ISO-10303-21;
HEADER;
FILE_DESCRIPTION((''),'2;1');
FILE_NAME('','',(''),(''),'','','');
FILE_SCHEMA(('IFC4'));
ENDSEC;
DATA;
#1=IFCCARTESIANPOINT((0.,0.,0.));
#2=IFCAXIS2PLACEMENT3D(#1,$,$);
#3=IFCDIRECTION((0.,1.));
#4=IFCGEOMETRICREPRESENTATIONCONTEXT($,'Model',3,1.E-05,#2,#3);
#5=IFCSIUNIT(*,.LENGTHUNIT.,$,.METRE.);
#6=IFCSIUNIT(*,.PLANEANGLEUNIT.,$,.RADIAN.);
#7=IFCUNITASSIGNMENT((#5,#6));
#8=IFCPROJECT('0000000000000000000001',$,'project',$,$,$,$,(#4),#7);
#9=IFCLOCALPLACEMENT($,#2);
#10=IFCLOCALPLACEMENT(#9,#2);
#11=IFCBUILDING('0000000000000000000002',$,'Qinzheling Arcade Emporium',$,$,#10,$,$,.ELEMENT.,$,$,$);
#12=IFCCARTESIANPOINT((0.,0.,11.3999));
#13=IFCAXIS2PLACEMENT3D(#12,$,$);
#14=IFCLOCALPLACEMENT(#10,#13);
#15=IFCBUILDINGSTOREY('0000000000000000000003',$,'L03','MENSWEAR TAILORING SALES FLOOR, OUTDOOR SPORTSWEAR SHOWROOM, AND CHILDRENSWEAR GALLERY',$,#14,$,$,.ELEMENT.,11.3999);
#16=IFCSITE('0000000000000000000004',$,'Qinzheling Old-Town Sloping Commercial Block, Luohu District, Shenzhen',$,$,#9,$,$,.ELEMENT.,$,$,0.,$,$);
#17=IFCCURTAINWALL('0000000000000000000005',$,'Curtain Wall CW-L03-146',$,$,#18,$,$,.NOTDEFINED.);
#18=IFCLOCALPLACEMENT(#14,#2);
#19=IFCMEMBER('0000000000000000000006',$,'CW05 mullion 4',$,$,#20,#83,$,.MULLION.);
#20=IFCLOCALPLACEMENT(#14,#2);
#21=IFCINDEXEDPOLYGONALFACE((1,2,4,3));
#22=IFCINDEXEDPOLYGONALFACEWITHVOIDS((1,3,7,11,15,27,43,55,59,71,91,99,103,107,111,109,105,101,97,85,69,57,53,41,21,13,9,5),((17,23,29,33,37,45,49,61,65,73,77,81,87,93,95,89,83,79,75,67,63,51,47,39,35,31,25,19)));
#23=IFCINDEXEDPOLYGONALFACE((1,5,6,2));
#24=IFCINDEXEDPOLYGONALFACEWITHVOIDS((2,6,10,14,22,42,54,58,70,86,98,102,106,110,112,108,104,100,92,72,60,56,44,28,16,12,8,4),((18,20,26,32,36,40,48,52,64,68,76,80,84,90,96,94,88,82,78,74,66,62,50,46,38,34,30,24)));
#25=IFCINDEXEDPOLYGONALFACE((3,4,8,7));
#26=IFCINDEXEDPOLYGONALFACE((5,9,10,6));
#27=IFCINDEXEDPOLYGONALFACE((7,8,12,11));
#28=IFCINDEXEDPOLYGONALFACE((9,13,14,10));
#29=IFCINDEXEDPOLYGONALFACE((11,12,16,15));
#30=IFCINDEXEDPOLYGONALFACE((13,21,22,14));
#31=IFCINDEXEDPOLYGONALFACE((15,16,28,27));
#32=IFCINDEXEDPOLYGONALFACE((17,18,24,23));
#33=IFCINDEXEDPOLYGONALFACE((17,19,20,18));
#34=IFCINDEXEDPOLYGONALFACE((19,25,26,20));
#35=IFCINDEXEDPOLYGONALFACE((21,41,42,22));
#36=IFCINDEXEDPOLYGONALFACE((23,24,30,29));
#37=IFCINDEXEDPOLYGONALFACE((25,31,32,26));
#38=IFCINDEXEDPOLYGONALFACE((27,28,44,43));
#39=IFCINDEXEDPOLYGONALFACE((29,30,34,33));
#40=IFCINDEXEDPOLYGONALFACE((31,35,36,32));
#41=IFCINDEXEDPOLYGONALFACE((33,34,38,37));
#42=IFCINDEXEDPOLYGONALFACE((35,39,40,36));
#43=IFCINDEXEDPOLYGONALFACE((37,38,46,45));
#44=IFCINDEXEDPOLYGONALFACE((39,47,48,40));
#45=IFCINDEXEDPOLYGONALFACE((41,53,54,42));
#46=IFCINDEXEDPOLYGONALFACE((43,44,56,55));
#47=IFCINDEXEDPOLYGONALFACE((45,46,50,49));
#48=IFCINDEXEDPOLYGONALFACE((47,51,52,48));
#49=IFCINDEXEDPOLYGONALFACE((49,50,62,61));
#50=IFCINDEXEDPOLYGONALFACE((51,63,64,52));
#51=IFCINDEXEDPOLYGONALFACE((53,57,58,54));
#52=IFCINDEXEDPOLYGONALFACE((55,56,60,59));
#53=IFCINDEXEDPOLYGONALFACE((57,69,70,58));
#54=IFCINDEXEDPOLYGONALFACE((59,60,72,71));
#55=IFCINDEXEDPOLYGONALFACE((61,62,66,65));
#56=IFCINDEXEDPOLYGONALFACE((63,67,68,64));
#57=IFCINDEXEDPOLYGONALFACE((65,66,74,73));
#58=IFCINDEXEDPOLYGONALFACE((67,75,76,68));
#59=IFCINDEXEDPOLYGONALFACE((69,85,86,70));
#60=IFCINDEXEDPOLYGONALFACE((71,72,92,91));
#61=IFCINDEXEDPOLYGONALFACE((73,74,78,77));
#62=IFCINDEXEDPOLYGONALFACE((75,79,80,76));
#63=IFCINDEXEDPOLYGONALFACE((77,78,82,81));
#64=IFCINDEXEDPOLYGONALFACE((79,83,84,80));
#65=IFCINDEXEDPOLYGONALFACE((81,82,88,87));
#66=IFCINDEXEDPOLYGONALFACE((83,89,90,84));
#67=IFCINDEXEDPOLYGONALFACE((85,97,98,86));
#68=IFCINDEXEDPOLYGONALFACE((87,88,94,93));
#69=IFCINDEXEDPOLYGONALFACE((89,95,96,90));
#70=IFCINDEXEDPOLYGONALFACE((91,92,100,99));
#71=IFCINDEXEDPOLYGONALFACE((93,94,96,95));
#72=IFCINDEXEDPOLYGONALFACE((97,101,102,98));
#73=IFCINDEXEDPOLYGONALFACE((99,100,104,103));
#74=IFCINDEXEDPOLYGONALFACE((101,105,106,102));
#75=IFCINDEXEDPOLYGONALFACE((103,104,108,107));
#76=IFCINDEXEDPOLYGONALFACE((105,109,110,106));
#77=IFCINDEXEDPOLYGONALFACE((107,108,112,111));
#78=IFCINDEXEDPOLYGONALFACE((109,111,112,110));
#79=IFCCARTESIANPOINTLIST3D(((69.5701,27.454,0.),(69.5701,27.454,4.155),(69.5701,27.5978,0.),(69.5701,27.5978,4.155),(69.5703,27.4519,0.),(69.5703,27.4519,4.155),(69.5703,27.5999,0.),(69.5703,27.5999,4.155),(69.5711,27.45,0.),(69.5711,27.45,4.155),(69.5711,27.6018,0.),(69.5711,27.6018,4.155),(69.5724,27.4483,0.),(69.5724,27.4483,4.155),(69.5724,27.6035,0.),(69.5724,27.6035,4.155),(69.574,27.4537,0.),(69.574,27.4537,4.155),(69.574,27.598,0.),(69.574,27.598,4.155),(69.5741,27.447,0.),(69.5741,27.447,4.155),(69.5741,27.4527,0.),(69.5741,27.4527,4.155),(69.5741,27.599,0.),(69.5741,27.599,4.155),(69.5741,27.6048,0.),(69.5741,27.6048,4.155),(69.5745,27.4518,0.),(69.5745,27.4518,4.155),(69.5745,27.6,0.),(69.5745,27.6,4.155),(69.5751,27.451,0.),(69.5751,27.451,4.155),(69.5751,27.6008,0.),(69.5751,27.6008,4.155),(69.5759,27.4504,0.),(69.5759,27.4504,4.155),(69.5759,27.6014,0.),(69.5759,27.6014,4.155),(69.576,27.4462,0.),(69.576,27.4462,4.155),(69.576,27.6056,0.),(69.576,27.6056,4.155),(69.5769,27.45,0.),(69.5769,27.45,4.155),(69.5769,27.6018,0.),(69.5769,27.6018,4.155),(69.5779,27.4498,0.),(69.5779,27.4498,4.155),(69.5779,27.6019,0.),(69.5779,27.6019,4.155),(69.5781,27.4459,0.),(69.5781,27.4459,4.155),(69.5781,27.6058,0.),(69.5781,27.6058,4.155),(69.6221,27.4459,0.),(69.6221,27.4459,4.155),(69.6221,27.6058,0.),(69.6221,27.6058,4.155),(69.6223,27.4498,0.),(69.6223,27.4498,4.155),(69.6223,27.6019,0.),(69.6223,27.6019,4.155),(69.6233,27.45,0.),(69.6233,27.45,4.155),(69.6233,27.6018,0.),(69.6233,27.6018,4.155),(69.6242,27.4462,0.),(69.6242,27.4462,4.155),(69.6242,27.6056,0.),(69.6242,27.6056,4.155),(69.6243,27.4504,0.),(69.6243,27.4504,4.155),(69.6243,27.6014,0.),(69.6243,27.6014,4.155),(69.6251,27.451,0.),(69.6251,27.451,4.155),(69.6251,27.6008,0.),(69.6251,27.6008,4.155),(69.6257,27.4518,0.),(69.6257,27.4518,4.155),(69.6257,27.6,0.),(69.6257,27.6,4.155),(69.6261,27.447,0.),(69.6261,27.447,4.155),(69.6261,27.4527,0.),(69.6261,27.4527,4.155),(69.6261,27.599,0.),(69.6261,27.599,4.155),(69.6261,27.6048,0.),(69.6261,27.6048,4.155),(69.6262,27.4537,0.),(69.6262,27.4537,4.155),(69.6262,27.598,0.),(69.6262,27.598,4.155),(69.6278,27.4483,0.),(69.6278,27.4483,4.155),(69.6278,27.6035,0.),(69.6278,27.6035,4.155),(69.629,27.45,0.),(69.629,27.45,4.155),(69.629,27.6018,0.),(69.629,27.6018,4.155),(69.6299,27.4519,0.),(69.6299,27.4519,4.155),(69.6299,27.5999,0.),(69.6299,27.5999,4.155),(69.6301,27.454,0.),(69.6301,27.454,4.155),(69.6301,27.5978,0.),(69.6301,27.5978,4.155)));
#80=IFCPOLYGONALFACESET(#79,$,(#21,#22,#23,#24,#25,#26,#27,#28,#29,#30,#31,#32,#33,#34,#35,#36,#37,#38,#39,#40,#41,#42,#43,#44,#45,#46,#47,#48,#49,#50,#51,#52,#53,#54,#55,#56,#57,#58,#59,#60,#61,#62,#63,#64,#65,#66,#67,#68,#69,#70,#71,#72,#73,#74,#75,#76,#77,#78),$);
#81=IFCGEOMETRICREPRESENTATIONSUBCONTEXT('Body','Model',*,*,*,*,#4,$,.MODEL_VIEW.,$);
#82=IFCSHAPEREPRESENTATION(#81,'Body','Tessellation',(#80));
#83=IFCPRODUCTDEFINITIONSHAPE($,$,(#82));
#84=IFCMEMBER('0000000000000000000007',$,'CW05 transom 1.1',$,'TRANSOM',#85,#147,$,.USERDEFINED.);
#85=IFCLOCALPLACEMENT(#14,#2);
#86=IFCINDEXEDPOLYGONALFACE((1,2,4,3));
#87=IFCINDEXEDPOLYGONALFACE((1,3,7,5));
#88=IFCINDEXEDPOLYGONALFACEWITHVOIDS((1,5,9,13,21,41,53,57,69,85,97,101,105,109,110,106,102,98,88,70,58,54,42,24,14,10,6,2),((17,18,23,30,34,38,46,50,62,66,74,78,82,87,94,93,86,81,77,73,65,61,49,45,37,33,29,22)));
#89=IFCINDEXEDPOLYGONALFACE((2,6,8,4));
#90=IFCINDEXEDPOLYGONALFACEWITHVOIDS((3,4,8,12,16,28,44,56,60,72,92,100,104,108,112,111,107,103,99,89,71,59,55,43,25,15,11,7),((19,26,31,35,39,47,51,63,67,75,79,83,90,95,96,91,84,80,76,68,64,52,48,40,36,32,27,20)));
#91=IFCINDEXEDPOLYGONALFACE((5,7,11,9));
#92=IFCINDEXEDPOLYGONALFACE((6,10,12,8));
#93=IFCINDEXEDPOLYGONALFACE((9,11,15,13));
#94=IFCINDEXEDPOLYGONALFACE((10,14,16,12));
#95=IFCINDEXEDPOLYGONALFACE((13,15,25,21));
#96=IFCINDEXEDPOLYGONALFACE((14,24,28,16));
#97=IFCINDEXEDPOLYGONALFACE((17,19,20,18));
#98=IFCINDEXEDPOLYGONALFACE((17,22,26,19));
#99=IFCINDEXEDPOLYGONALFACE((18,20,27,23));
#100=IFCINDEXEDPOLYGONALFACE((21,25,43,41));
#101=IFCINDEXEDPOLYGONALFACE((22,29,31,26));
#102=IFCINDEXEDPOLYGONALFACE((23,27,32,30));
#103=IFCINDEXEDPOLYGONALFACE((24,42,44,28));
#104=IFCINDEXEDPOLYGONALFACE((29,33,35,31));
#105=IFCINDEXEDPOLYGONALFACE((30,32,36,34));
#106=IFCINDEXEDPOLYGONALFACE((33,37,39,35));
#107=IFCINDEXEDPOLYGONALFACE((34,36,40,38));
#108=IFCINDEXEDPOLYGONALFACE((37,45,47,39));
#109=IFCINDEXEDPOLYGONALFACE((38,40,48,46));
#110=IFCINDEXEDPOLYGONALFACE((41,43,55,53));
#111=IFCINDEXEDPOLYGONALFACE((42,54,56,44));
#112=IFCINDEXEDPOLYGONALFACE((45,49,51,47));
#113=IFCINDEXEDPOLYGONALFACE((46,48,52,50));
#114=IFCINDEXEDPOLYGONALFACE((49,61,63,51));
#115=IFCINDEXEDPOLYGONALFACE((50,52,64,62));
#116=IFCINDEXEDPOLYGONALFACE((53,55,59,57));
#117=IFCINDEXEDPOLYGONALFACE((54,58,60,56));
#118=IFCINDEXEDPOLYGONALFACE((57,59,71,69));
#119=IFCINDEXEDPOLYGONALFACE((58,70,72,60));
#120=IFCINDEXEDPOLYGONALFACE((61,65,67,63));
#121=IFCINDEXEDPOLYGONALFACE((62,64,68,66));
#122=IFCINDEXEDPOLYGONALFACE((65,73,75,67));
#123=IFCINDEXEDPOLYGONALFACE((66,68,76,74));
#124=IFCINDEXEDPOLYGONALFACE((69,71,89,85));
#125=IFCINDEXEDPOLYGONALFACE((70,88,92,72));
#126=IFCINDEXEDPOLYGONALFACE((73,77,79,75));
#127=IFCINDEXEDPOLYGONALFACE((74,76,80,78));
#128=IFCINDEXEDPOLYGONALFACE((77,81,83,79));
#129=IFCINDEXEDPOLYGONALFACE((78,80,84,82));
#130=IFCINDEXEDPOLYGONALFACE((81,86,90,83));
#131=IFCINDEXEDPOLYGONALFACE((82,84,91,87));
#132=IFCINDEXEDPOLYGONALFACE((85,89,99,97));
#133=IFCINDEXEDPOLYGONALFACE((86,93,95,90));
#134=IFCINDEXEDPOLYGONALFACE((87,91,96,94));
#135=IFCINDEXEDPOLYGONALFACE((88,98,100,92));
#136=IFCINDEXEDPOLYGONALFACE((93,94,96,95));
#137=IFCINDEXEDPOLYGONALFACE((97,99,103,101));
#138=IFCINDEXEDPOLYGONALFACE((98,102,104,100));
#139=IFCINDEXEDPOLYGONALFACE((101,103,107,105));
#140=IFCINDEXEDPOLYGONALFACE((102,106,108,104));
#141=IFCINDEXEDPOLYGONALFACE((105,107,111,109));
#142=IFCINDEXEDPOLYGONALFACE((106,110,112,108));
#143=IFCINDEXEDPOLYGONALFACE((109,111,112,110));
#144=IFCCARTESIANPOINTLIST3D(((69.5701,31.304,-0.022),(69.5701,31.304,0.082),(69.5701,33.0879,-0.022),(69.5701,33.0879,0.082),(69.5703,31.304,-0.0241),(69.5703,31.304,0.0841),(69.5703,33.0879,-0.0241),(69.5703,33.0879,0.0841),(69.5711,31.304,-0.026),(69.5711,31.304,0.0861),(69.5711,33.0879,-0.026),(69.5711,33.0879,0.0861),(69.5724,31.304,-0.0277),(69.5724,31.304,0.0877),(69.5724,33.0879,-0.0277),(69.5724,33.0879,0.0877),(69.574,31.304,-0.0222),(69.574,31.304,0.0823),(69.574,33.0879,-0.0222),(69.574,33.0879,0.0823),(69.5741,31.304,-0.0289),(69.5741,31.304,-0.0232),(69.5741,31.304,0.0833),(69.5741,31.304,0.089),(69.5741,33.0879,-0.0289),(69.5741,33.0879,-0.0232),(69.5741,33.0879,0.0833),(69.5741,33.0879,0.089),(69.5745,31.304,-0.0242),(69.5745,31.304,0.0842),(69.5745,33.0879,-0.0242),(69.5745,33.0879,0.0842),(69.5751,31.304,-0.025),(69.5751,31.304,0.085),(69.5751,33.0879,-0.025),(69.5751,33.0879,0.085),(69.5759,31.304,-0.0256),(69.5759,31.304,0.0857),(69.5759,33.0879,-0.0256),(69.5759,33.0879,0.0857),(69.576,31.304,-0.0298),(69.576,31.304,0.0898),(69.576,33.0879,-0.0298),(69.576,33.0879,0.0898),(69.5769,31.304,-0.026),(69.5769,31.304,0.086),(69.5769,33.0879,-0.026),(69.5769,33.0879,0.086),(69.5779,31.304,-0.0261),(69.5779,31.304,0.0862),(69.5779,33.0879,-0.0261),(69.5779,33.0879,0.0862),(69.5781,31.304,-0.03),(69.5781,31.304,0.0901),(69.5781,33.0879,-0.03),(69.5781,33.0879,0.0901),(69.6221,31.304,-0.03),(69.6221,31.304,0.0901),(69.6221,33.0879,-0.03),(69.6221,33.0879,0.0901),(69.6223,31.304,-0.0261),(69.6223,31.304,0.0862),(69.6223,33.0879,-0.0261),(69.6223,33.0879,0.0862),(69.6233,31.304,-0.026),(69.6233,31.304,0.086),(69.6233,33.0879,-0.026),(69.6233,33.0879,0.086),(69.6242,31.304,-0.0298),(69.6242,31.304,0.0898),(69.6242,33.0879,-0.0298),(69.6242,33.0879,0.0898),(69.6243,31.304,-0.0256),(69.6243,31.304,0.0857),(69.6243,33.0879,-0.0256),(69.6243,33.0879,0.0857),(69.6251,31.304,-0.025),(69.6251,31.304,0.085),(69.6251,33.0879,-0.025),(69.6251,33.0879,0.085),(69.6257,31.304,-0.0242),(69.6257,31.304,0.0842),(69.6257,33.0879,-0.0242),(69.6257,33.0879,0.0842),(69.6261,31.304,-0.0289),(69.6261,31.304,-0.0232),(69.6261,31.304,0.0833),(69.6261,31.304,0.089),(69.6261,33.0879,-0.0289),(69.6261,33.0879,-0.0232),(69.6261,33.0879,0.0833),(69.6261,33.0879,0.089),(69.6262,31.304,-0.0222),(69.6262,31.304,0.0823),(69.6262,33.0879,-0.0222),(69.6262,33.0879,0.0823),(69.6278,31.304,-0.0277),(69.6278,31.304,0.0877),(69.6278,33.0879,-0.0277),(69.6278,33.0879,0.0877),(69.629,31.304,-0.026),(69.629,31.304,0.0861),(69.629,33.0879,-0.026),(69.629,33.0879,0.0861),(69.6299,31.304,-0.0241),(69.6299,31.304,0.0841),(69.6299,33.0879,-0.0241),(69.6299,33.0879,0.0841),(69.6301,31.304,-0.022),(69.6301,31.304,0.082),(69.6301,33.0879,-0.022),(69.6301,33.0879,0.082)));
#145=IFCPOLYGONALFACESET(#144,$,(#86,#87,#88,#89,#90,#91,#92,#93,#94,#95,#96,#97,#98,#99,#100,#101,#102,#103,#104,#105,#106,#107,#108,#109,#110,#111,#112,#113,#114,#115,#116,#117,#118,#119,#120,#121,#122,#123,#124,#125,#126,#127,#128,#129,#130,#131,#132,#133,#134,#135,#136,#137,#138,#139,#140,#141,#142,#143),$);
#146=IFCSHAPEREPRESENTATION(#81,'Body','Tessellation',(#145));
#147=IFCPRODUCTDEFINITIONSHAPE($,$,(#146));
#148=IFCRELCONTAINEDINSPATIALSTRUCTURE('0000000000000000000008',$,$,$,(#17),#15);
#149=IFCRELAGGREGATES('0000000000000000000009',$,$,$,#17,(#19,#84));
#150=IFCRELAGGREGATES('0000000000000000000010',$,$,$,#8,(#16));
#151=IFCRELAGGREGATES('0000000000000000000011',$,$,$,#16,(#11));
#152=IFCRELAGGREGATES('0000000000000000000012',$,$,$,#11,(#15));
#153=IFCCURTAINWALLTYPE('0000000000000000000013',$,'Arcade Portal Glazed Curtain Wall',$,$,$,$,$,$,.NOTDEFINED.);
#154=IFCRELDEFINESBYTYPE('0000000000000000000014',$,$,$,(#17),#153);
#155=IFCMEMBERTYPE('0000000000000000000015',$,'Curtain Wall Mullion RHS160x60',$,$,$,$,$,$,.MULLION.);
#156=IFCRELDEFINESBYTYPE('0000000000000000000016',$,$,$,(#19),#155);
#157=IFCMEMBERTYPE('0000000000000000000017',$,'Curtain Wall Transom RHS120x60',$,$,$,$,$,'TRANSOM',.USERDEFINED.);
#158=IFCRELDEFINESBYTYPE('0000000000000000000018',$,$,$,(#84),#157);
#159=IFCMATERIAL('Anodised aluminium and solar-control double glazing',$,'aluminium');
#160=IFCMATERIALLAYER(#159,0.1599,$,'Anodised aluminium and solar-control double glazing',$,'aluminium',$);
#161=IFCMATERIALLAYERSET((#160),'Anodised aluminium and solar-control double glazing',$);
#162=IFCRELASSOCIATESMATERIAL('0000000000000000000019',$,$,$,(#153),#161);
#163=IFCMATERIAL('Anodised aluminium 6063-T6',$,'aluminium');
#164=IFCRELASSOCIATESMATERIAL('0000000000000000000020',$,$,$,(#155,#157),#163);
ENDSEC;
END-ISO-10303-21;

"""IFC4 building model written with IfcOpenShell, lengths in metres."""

from ifc_helpers import new_model, si_unit, direction, frame, origin, origin_2d, place, context, subcontext, project, spatial, hollow_rectangle, extrude, material, layer, layer_set, material_profile, profile_set, type_object, element, aggregate, save


model = new_model("IFC4")

# Units and contexts
model_context = context("Model", 3, precision=1e-05, world=origin(), true_north=direction((0.0, 1.0)))
body_context = subcontext(model_context, "Body", "Model", "MODEL_VIEW")
ifc_project = project(units=[si_unit("LENGTHUNIT", "METRE"), si_unit("PLANEANGLEUNIT", "RADIAN")], contexts=[model_context])

# Site, building, storey
site_placement = place(None, origin())
site = spatial("IfcSite", under=ifc_project, at=site_placement, Name="Qinzheling Old-Town Sloping Commercial Block, Luohu District, Shenzhen", CompositionType="ELEMENT", RefElevation=0.0)
building_placement = place(site_placement, origin())
building = spatial("IfcBuilding", under=site, at=building_placement, Name="Qinzheling Arcade Emporium", CompositionType="ELEMENT")
storey_placement = place(building_placement, frame((0.0, 0.0, 11.3999)))
storey = spatial("IfcBuildingStorey", under=building, at=storey_placement, Name="L03", Description="MENSWEAR TAILORING SALES FLOOR, OUTDOOR SPORTSWEAR SHOWROOM, AND CHILDRENSWEAR GALLERY", CompositionType="ELEMENT", Elevation=11.3999)

# Shared definitions
ifc_material_1 = material(Name="Anodised aluminium and solar-control double glazing", Category="aluminium")
ifc_layer_1 = layer(ifc_material_1, 0.1599, Name="Anodised aluminium and solar-control double glazing", Category="aluminium")
ifc_layer_set_1 = layer_set([ifc_layer_1], Name="Anodised aluminium and solar-control double glazing")
curtain_wall_type = type_object("IfcCurtainWallType", Name="Arcade Portal Glazed Curtain Wall", PredefinedType="NOTDEFINED", material=ifc_layer_set_1)
ifc_material_2 = material(Name="Anodised aluminium 6063-T6", Category="aluminium")
ifc_material_profile_1 = material_profile(ifc_material_2, hollow_rectangle(XDim=0.0601, YDim=0.1599, WallThickness=0.0039, InnerFilletRadius=0.0039, OuterFilletRadius=0.0081, at=origin_2d()), Name="RHS 160x60x4", Category="aluminium")
ifc_profile_set_1 = profile_set([ifc_material_profile_1], Name="Anodised aluminium 6063-T6")
member_type_1 = type_object("IfcMemberType", Name="Curtain Wall Mullion RHS160x60", PredefinedType="MULLION", material=ifc_profile_set_1)

# Curtain wall, members
curtain_wall_1_placement = place(storey_placement, origin())
curtain_wall_1 = element("IfcCurtainWall", 1, at=curtain_wall_1_placement, inside=storey, type_object=curtain_wall_type, Name="Curtain Wall CW-L03-146", PredefinedType="NOTDEFINED")
member_1_placement = place(storey_placement, frame((69.6001, 27.5259, 0.0), z_axis=(0.0, 0.0, 1.0), x_axis=(1.0, 0.0, 0.0)))
member_1 = element("IfcMember", 2, at=member_1_placement, type_object=member_type_1, Name="CW05 mullion 4", PredefinedType="MULLION", context=body_context, shape_type="SweptSolid", body=[
    extrude(hollow_rectangle(XDim=0.0601, YDim=0.1599, WallThickness=0.0039, InnerFilletRadius=0.0039, OuterFilletRadius=0.0081, at=origin_2d()), origin(), (0.0, 0.0, 1.0), 4.155),
])
ifc_material_profile_2 = material_profile(ifc_material_2, hollow_rectangle(XDim=0.0601, YDim=0.1201, WallThickness=0.0039, InnerFilletRadius=0.0039, OuterFilletRadius=0.0081, at=origin_2d()), Name="RHS 120x60x4", Category="aluminium")
ifc_profile_set_2 = profile_set([ifc_material_profile_2], Name="Anodised aluminium 6063-T6")
member_type_2 = type_object("IfcMemberType", Name="Curtain Wall Transom RHS120x60", ElementType="TRANSOM", PredefinedType="USERDEFINED", material=ifc_profile_set_2)
member_2_placement = place(storey_placement, frame((69.6001, 33.0879, 0.03), z_axis=(0.0, -1.0, 0.0), x_axis=(1.0, 0.0, 0.0)))
member_2 = element("IfcMember", 3, at=member_2_placement, type_object=member_type_2, Name="CW05 transom 1.1", ObjectType="TRANSOM", PredefinedType="USERDEFINED", context=body_context, shape_type="SweptSolid", body=[
    extrude(hollow_rectangle(XDim=0.0601, YDim=0.1201, WallThickness=0.0039, InnerFilletRadius=0.0039, OuterFilletRadius=0.0081, at=origin_2d()), origin(), (0.0, 0.0, 1.0), 1.7839),
])

aggregate(curtain_wall_1, [member_1, member_2])

save(model, "model.ifc")
